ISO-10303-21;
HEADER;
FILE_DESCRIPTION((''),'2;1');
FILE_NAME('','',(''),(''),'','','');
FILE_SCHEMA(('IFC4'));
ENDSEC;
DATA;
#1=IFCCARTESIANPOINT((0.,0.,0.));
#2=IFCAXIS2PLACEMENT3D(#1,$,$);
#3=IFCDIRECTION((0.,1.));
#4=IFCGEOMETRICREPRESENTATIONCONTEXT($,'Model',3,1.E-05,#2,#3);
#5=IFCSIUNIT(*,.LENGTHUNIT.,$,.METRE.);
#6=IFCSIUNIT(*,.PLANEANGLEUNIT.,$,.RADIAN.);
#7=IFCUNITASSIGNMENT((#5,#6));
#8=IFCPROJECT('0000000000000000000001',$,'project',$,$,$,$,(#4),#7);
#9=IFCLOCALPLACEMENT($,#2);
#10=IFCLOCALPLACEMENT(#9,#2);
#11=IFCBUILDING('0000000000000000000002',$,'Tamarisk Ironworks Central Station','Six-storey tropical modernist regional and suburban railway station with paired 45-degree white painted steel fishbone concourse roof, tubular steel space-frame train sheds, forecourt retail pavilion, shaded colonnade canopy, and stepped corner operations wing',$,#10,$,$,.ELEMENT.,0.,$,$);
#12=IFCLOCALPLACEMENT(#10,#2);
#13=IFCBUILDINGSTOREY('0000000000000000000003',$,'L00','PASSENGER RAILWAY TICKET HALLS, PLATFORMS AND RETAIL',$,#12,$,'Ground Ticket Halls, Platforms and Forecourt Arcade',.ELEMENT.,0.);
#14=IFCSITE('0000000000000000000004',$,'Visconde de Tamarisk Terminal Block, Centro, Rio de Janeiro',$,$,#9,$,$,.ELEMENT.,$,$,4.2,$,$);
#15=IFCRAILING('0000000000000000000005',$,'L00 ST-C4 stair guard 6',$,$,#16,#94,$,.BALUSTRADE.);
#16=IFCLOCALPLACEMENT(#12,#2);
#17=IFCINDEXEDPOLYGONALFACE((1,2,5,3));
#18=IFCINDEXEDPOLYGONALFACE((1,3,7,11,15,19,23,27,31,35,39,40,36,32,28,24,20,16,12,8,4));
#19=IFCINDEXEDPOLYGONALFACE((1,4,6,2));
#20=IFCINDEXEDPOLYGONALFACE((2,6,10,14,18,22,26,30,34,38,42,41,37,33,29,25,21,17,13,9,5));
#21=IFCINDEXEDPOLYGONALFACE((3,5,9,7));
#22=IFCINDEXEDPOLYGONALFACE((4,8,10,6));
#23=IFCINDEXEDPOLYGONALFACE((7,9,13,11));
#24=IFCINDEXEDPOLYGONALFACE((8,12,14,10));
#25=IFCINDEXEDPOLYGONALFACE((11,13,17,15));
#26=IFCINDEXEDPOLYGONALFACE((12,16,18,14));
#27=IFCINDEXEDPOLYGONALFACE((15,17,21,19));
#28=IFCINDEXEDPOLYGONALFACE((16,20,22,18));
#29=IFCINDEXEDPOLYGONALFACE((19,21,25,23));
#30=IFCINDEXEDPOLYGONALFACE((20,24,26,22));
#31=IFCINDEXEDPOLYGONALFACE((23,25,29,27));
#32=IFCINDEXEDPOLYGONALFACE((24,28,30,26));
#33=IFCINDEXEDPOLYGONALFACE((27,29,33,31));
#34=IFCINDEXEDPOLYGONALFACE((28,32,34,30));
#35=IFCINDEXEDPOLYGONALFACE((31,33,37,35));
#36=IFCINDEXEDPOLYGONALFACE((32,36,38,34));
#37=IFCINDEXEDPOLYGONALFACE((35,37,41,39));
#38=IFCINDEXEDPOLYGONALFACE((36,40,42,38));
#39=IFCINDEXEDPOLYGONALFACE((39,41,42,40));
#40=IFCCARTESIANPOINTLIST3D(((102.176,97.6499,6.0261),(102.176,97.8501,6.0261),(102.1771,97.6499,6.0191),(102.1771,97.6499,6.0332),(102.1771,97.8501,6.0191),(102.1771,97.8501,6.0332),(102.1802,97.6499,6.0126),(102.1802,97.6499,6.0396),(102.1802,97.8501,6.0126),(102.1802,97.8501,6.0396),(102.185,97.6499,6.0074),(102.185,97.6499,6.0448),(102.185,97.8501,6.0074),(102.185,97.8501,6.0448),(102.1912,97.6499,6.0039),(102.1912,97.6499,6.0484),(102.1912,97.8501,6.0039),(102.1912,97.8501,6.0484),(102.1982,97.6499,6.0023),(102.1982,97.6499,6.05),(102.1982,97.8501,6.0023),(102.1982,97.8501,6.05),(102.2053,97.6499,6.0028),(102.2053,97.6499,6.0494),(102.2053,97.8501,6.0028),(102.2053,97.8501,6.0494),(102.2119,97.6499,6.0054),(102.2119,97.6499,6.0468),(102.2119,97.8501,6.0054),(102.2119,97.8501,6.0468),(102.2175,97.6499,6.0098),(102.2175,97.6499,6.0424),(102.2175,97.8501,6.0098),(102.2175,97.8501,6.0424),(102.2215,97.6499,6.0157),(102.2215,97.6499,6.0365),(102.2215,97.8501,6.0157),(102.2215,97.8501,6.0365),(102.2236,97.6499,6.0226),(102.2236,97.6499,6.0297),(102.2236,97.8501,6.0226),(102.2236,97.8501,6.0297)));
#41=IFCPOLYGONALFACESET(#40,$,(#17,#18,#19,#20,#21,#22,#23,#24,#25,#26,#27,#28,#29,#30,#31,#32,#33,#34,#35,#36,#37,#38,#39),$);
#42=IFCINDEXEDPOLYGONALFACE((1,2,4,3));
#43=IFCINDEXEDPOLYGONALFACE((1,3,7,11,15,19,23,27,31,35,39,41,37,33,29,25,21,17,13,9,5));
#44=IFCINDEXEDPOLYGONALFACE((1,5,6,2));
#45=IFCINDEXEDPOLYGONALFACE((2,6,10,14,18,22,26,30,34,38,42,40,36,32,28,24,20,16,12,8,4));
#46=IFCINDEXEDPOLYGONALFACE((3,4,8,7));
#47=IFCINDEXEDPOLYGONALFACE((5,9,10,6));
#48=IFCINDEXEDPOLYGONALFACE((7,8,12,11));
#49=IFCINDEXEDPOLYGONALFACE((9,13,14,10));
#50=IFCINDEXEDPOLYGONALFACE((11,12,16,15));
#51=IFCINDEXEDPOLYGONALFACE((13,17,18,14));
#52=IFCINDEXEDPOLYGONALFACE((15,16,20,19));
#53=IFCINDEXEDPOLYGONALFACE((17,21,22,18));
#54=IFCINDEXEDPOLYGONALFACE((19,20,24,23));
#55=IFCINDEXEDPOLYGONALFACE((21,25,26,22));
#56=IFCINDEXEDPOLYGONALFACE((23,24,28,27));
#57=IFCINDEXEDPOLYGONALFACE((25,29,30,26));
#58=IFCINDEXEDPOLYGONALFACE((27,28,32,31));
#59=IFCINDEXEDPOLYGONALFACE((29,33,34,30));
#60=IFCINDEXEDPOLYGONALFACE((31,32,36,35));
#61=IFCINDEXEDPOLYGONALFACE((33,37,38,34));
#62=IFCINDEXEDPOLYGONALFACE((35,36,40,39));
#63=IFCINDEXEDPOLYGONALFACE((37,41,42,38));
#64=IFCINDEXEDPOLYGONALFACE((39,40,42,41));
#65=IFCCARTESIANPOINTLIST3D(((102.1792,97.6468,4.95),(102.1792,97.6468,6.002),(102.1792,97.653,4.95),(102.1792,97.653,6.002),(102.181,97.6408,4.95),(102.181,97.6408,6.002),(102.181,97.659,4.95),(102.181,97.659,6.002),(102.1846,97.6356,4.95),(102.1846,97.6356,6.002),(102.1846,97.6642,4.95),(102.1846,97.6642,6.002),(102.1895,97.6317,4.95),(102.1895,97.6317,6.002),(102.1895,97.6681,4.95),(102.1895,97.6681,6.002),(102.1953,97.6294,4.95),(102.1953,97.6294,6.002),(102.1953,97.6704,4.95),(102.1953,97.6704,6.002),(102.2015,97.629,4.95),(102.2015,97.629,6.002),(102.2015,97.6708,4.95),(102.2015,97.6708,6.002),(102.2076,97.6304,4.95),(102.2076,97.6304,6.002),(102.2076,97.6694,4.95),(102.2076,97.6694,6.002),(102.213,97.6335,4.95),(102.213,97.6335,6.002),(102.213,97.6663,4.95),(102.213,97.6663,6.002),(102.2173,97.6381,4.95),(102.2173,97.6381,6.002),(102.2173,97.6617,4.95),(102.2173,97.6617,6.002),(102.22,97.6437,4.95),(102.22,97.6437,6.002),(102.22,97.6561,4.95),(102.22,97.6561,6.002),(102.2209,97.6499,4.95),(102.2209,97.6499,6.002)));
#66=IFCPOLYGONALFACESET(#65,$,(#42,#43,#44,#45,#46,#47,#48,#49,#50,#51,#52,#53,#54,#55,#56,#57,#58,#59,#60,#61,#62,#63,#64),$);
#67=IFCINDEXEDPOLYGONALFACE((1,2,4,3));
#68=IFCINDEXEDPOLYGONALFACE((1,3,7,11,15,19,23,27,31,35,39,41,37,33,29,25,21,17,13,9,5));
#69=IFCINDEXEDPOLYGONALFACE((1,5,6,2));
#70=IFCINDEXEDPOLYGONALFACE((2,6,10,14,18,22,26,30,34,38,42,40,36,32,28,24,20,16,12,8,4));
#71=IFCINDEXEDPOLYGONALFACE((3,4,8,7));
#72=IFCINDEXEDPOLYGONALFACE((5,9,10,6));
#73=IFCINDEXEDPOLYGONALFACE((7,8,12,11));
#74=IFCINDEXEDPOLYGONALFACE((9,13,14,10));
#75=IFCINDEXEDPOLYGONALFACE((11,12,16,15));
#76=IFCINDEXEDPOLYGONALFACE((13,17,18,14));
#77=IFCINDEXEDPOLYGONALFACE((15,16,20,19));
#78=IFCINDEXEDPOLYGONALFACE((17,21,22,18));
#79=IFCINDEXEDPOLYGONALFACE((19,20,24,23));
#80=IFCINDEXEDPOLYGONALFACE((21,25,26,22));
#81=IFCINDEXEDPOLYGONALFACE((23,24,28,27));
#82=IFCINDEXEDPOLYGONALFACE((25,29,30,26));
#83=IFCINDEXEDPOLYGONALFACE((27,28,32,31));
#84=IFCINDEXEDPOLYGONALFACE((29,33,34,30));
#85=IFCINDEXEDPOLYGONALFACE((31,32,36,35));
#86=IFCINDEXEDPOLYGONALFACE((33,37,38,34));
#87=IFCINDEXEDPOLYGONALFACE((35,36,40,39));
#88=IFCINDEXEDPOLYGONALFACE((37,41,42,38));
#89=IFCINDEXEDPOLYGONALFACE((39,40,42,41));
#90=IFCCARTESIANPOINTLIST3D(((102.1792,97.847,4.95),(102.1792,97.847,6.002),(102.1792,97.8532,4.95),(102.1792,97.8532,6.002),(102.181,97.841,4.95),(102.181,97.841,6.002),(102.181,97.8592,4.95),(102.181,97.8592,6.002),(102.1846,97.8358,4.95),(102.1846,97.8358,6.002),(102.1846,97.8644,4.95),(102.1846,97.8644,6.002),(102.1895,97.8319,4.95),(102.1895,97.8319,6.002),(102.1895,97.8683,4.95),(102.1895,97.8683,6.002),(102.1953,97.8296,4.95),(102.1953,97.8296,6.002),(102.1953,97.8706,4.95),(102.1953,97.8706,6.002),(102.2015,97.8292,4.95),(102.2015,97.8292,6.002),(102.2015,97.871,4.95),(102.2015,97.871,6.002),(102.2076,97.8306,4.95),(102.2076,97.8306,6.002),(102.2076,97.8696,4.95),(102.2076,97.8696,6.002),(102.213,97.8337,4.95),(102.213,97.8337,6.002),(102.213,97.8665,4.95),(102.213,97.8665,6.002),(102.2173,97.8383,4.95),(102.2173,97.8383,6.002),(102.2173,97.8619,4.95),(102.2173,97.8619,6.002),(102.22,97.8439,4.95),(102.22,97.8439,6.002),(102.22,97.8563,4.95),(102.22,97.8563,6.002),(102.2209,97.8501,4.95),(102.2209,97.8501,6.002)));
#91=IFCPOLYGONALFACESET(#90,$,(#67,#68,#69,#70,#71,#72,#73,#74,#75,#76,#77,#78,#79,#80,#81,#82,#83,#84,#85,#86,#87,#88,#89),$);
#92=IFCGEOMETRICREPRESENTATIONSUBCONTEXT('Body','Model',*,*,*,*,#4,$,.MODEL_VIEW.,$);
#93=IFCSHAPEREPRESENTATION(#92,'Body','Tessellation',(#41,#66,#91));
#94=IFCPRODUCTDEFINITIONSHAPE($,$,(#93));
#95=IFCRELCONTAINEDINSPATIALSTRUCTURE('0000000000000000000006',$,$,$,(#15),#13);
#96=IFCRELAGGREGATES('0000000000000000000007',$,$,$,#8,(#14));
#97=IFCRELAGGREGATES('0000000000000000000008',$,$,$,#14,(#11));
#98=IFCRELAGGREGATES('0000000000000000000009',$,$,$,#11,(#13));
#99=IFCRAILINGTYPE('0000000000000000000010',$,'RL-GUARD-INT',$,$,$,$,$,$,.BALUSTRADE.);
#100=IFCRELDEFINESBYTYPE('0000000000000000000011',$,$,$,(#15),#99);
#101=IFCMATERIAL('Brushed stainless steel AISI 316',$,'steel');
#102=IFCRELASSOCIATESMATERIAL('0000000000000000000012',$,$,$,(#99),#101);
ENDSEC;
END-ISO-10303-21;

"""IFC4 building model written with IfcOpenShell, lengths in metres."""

from ifc_helpers import new_model, si_unit, direction, frame, origin, origin_2d, place, context, subcontext, project, spatial, circle, extrude, material, type_object, element, save


model = new_model("IFC4")

# Units and contexts
model_context = context("Model", 3, precision=1e-05, world=origin(), true_north=direction((0.0, 1.0)))
body_context = subcontext(model_context, "Body", "Model", "MODEL_VIEW")
ifc_project = project(units=[si_unit("LENGTHUNIT", "METRE"), si_unit("PLANEANGLEUNIT", "RADIAN")], contexts=[model_context])

# Site, building, storey
site_placement = place(None, origin())
site = spatial("IfcSite", under=ifc_project, at=site_placement, Name="Visconde de Tamarisk Terminal Block, Centro, Rio de Janeiro", CompositionType="ELEMENT", RefElevation=4.2)
building_placement = place(site_placement, origin())
building = spatial("IfcBuilding", under=site, at=building_placement, Name="Tamarisk Ironworks Central Station", Description="Six-storey tropical modernist regional and suburban railway station with paired 45-degree white painted steel fishbone concourse roof, tubular steel space-frame train sheds, forecourt retail pavilion, shaded colonnade canopy, and stepped corner operations wing", CompositionType="ELEMENT", ElevationOfRefHeight=0.0)
storey_placement = place(building_placement, origin())
storey = spatial("IfcBuildingStorey", under=building, at=storey_placement, Name="L00", Description="PASSENGER RAILWAY TICKET HALLS, PLATFORMS AND RETAIL", LongName="Ground Ticket Halls, Platforms and Forecourt Arcade", CompositionType="ELEMENT", Elevation=0.0)

# Shared definitions
ifc_material_1 = material(Name="Brushed stainless steel AISI 316", Category="steel")

# Railing
railing_type_1 = type_object("IfcRailingType", Name="RL-GUARD-INT", PredefinedType="BALUSTRADE", material=ifc_material_1)
railing_1_placement = place(storey_placement, frame((102.2, 97.6499, 4.95)))
element("IfcRailing", 1, at=railing_1_placement, inside=storey, type_object=railing_type_1, Name="L00 ST-C4 stair guard 6", PredefinedType="BALUSTRADE", context=body_context, shape_type="SweptSolid", body=[
    extrude(circle(Radius=0.0239, at=origin_2d()), frame((0.0, 0.0, 1.0762), z_axis=(0.0, 1.0, 0.0), x_axis=(-1.0, 0.0, 0.0)), (0.0, 0.0, 1.0), 0.2002),
    extrude(circle(Radius=0.021, at=origin_2d()), origin(), (0.0, 0.0, 1.0), 1.052),
    extrude(circle(Radius=0.021, at=origin_2d()), frame((0.0, 0.2002, 0.0)), (0.0, 0.0, 1.0), 1.052),
])

save(model, "model.ifc")
